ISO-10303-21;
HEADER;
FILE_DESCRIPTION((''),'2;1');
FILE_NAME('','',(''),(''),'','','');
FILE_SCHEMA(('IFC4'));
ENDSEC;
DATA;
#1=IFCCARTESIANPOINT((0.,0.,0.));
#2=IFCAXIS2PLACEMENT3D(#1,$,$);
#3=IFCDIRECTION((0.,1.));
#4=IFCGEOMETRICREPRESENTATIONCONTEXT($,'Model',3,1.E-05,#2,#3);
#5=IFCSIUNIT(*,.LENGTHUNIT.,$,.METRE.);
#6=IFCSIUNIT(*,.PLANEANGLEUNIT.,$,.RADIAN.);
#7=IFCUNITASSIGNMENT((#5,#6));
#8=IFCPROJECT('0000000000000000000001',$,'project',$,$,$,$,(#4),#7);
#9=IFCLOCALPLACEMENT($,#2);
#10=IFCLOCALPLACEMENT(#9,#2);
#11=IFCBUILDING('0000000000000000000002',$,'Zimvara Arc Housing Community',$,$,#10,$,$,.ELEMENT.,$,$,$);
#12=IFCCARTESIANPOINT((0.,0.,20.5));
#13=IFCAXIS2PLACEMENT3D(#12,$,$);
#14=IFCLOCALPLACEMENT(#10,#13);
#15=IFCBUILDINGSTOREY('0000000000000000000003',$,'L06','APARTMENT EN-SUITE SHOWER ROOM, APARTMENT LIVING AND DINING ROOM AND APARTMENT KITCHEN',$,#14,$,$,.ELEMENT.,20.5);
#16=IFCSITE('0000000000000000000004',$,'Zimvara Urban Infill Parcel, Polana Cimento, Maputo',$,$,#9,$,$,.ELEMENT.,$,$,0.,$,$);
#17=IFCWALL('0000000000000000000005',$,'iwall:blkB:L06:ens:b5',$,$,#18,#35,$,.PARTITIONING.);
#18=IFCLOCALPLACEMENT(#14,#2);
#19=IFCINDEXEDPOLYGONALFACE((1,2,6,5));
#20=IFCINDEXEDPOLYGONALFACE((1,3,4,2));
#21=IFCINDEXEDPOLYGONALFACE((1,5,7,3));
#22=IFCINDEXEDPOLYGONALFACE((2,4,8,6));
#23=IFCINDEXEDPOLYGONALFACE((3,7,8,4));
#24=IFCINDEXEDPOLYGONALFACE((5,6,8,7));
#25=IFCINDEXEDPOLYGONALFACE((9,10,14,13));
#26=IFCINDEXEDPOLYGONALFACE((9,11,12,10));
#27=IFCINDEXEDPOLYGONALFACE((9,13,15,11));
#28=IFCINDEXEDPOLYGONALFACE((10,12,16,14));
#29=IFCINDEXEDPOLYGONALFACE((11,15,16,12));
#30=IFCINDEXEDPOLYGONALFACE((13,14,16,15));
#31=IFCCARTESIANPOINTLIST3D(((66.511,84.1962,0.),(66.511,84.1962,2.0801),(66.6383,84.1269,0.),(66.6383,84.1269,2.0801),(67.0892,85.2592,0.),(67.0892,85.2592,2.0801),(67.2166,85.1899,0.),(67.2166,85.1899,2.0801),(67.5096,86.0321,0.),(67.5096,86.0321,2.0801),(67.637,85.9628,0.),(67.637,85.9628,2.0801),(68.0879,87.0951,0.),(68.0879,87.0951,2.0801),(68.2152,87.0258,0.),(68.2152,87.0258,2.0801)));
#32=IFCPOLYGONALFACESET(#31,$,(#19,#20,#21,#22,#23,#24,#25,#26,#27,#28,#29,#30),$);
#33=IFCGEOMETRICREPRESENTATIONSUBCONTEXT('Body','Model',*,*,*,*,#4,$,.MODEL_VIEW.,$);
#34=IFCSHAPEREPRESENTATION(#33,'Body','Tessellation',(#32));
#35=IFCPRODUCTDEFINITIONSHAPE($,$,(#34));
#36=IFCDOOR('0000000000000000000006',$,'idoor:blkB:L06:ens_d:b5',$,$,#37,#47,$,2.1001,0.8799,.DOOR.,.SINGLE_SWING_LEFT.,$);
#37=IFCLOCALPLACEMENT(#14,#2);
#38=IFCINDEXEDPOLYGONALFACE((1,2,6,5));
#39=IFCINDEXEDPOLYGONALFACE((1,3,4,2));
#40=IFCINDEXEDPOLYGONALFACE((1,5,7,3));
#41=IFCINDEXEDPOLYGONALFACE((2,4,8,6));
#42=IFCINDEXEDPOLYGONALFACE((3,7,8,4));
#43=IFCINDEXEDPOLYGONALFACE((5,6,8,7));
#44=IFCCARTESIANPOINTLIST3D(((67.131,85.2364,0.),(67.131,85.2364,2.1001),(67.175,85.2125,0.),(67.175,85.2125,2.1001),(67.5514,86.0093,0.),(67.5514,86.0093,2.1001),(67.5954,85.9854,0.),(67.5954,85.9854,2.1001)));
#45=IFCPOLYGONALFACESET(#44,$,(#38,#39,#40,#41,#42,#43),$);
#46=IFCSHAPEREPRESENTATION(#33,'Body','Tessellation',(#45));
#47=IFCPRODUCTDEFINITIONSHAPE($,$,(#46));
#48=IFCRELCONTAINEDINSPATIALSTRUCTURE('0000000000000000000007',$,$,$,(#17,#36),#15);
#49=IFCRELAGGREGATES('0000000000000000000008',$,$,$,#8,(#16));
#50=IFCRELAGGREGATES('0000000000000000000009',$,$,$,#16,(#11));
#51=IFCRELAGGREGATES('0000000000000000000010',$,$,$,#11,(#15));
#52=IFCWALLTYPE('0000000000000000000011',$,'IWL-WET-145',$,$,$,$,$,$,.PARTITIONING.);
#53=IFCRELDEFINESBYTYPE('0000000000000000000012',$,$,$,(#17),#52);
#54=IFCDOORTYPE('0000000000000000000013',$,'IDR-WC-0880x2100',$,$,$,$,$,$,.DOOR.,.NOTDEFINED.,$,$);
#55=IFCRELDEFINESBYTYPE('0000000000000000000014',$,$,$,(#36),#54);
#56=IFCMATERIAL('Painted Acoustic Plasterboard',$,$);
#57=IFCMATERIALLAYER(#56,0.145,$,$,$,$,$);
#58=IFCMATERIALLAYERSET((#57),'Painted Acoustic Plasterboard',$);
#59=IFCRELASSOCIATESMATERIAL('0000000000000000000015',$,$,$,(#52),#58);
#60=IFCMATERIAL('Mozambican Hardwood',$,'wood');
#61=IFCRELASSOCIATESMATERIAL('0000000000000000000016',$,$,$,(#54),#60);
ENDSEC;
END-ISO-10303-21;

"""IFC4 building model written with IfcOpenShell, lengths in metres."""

from ifc_helpers import new_model, si_unit, direction, frame, frame_2d, origin, place, context, subcontext, project, spatial, rectangle, extrude, material, layer, layer_set, type_object, element, fill, save


model = new_model("IFC4")

# Units and contexts
model_context = context("Model", 3, precision=1e-05, world=origin(), true_north=direction((0.0, 1.0)))
body_context = subcontext(model_context, "Body", "Model", "MODEL_VIEW")
ifc_project = project(units=[si_unit("LENGTHUNIT", "METRE"), si_unit("PLANEANGLEUNIT", "RADIAN")], contexts=[model_context])

# Site, building, storey
site_placement = place(None, origin())
site = spatial("IfcSite", under=ifc_project, at=site_placement, Name="Zimvara Urban Infill Parcel, Polana Cimento, Maputo", CompositionType="ELEMENT", RefElevation=0.0)
building_placement = place(site_placement, origin())
building = spatial("IfcBuilding", under=site, at=building_placement, Name="Zimvara Arc Housing Community", CompositionType="ELEMENT")
storey_placement = place(building_placement, frame((0.0, 0.0, 20.5)))
storey = spatial("IfcBuildingStorey", under=building, at=storey_placement, Name="L06", Description="APARTMENT EN-SUITE SHOWER ROOM, APARTMENT LIVING AND DINING ROOM AND APARTMENT KITCHEN", CompositionType="ELEMENT", Elevation=20.5)

# Wall, opening, door
ifc_material_1 = material(Name="Painted Acoustic Plasterboard")
ifc_layer_1 = layer(ifc_material_1, 0.145)
ifc_layer_set_1 = layer_set([ifc_layer_1], Name="Painted Acoustic Plasterboard")
wall_type_1 = type_object("IfcWallType", Name="IWL-WET-145", PredefinedType="PARTITIONING", material=ifc_layer_set_1)
wall_1_placement = place(storey_placement, frame((66.5747, 84.1616, 0.0), z_axis=(0.0, 0.0, 1.0), x_axis=(0.477841, 0.878446, 0.0)))
wall_1 = element("IfcWall", 1, at=wall_1_placement, inside=storey, type_object=wall_type_1, Name="iwall:blkB:L06:ens:b5", PredefinedType="PARTITIONING", context=body_context, shape_type="SweptSolid", body=[
    extrude(rectangle(XDim=3.3, YDim=0.145, at=frame_2d((1.6499, 0.0))), origin(), (0.0, 0.0, 1.0), 2.0801),
])
opening_1_placement = place(wall_1_placement, frame((1.21, 0.0, 0.0)))
opening_1 = element("IfcOpeningElement", 2, at=opening_1_placement, cuts=wall_1, PredefinedType="OPENING", context=body_context, shape_type="SweptSolid", body=[
    extrude(rectangle(XDim=0.8799, YDim=2.1001, at=frame_2d((0.4399, 1.05))), frame((0.0, 0.0825, 0.0), z_axis=(0.0, -1.0, 0.0), x_axis=(1.0, 0.0, 0.0)), (0.0, 0.0, 1.0), 0.165),
])
ifc_material_2 = material(Name="Mozambican Hardwood", Category="wood")
door_type_1 = type_object("IfcDoorType", Name="IDR-WC-0880x2100", OperationType="NOTDEFINED", PredefinedType="DOOR", material=ifc_material_2)
door_1_placement = place(opening_1_placement, origin())
door_1 = element("IfcDoor", 3, at=door_1_placement, inside=storey, type_object=door_type_1, Name="idoor:blkB:L06:ens_d:b5", OperationType="SINGLE_SWING_LEFT", OverallHeight=2.1001, OverallWidth=0.8799, PredefinedType="DOOR", context=body_context, shape_type="SweptSolid", body=[
    extrude(rectangle(XDim=0.8799, YDim=2.1001, at=frame_2d((0.4399, 1.05))), frame((0.0, 0.0249, 0.0), z_axis=(0.0, -1.0, 0.0), x_axis=(1.0, 0.0, 0.0)), (0.0, 0.0, 1.0), 0.05),
])
fill(opening_1, door_1)

save(model, "model.ifc")
